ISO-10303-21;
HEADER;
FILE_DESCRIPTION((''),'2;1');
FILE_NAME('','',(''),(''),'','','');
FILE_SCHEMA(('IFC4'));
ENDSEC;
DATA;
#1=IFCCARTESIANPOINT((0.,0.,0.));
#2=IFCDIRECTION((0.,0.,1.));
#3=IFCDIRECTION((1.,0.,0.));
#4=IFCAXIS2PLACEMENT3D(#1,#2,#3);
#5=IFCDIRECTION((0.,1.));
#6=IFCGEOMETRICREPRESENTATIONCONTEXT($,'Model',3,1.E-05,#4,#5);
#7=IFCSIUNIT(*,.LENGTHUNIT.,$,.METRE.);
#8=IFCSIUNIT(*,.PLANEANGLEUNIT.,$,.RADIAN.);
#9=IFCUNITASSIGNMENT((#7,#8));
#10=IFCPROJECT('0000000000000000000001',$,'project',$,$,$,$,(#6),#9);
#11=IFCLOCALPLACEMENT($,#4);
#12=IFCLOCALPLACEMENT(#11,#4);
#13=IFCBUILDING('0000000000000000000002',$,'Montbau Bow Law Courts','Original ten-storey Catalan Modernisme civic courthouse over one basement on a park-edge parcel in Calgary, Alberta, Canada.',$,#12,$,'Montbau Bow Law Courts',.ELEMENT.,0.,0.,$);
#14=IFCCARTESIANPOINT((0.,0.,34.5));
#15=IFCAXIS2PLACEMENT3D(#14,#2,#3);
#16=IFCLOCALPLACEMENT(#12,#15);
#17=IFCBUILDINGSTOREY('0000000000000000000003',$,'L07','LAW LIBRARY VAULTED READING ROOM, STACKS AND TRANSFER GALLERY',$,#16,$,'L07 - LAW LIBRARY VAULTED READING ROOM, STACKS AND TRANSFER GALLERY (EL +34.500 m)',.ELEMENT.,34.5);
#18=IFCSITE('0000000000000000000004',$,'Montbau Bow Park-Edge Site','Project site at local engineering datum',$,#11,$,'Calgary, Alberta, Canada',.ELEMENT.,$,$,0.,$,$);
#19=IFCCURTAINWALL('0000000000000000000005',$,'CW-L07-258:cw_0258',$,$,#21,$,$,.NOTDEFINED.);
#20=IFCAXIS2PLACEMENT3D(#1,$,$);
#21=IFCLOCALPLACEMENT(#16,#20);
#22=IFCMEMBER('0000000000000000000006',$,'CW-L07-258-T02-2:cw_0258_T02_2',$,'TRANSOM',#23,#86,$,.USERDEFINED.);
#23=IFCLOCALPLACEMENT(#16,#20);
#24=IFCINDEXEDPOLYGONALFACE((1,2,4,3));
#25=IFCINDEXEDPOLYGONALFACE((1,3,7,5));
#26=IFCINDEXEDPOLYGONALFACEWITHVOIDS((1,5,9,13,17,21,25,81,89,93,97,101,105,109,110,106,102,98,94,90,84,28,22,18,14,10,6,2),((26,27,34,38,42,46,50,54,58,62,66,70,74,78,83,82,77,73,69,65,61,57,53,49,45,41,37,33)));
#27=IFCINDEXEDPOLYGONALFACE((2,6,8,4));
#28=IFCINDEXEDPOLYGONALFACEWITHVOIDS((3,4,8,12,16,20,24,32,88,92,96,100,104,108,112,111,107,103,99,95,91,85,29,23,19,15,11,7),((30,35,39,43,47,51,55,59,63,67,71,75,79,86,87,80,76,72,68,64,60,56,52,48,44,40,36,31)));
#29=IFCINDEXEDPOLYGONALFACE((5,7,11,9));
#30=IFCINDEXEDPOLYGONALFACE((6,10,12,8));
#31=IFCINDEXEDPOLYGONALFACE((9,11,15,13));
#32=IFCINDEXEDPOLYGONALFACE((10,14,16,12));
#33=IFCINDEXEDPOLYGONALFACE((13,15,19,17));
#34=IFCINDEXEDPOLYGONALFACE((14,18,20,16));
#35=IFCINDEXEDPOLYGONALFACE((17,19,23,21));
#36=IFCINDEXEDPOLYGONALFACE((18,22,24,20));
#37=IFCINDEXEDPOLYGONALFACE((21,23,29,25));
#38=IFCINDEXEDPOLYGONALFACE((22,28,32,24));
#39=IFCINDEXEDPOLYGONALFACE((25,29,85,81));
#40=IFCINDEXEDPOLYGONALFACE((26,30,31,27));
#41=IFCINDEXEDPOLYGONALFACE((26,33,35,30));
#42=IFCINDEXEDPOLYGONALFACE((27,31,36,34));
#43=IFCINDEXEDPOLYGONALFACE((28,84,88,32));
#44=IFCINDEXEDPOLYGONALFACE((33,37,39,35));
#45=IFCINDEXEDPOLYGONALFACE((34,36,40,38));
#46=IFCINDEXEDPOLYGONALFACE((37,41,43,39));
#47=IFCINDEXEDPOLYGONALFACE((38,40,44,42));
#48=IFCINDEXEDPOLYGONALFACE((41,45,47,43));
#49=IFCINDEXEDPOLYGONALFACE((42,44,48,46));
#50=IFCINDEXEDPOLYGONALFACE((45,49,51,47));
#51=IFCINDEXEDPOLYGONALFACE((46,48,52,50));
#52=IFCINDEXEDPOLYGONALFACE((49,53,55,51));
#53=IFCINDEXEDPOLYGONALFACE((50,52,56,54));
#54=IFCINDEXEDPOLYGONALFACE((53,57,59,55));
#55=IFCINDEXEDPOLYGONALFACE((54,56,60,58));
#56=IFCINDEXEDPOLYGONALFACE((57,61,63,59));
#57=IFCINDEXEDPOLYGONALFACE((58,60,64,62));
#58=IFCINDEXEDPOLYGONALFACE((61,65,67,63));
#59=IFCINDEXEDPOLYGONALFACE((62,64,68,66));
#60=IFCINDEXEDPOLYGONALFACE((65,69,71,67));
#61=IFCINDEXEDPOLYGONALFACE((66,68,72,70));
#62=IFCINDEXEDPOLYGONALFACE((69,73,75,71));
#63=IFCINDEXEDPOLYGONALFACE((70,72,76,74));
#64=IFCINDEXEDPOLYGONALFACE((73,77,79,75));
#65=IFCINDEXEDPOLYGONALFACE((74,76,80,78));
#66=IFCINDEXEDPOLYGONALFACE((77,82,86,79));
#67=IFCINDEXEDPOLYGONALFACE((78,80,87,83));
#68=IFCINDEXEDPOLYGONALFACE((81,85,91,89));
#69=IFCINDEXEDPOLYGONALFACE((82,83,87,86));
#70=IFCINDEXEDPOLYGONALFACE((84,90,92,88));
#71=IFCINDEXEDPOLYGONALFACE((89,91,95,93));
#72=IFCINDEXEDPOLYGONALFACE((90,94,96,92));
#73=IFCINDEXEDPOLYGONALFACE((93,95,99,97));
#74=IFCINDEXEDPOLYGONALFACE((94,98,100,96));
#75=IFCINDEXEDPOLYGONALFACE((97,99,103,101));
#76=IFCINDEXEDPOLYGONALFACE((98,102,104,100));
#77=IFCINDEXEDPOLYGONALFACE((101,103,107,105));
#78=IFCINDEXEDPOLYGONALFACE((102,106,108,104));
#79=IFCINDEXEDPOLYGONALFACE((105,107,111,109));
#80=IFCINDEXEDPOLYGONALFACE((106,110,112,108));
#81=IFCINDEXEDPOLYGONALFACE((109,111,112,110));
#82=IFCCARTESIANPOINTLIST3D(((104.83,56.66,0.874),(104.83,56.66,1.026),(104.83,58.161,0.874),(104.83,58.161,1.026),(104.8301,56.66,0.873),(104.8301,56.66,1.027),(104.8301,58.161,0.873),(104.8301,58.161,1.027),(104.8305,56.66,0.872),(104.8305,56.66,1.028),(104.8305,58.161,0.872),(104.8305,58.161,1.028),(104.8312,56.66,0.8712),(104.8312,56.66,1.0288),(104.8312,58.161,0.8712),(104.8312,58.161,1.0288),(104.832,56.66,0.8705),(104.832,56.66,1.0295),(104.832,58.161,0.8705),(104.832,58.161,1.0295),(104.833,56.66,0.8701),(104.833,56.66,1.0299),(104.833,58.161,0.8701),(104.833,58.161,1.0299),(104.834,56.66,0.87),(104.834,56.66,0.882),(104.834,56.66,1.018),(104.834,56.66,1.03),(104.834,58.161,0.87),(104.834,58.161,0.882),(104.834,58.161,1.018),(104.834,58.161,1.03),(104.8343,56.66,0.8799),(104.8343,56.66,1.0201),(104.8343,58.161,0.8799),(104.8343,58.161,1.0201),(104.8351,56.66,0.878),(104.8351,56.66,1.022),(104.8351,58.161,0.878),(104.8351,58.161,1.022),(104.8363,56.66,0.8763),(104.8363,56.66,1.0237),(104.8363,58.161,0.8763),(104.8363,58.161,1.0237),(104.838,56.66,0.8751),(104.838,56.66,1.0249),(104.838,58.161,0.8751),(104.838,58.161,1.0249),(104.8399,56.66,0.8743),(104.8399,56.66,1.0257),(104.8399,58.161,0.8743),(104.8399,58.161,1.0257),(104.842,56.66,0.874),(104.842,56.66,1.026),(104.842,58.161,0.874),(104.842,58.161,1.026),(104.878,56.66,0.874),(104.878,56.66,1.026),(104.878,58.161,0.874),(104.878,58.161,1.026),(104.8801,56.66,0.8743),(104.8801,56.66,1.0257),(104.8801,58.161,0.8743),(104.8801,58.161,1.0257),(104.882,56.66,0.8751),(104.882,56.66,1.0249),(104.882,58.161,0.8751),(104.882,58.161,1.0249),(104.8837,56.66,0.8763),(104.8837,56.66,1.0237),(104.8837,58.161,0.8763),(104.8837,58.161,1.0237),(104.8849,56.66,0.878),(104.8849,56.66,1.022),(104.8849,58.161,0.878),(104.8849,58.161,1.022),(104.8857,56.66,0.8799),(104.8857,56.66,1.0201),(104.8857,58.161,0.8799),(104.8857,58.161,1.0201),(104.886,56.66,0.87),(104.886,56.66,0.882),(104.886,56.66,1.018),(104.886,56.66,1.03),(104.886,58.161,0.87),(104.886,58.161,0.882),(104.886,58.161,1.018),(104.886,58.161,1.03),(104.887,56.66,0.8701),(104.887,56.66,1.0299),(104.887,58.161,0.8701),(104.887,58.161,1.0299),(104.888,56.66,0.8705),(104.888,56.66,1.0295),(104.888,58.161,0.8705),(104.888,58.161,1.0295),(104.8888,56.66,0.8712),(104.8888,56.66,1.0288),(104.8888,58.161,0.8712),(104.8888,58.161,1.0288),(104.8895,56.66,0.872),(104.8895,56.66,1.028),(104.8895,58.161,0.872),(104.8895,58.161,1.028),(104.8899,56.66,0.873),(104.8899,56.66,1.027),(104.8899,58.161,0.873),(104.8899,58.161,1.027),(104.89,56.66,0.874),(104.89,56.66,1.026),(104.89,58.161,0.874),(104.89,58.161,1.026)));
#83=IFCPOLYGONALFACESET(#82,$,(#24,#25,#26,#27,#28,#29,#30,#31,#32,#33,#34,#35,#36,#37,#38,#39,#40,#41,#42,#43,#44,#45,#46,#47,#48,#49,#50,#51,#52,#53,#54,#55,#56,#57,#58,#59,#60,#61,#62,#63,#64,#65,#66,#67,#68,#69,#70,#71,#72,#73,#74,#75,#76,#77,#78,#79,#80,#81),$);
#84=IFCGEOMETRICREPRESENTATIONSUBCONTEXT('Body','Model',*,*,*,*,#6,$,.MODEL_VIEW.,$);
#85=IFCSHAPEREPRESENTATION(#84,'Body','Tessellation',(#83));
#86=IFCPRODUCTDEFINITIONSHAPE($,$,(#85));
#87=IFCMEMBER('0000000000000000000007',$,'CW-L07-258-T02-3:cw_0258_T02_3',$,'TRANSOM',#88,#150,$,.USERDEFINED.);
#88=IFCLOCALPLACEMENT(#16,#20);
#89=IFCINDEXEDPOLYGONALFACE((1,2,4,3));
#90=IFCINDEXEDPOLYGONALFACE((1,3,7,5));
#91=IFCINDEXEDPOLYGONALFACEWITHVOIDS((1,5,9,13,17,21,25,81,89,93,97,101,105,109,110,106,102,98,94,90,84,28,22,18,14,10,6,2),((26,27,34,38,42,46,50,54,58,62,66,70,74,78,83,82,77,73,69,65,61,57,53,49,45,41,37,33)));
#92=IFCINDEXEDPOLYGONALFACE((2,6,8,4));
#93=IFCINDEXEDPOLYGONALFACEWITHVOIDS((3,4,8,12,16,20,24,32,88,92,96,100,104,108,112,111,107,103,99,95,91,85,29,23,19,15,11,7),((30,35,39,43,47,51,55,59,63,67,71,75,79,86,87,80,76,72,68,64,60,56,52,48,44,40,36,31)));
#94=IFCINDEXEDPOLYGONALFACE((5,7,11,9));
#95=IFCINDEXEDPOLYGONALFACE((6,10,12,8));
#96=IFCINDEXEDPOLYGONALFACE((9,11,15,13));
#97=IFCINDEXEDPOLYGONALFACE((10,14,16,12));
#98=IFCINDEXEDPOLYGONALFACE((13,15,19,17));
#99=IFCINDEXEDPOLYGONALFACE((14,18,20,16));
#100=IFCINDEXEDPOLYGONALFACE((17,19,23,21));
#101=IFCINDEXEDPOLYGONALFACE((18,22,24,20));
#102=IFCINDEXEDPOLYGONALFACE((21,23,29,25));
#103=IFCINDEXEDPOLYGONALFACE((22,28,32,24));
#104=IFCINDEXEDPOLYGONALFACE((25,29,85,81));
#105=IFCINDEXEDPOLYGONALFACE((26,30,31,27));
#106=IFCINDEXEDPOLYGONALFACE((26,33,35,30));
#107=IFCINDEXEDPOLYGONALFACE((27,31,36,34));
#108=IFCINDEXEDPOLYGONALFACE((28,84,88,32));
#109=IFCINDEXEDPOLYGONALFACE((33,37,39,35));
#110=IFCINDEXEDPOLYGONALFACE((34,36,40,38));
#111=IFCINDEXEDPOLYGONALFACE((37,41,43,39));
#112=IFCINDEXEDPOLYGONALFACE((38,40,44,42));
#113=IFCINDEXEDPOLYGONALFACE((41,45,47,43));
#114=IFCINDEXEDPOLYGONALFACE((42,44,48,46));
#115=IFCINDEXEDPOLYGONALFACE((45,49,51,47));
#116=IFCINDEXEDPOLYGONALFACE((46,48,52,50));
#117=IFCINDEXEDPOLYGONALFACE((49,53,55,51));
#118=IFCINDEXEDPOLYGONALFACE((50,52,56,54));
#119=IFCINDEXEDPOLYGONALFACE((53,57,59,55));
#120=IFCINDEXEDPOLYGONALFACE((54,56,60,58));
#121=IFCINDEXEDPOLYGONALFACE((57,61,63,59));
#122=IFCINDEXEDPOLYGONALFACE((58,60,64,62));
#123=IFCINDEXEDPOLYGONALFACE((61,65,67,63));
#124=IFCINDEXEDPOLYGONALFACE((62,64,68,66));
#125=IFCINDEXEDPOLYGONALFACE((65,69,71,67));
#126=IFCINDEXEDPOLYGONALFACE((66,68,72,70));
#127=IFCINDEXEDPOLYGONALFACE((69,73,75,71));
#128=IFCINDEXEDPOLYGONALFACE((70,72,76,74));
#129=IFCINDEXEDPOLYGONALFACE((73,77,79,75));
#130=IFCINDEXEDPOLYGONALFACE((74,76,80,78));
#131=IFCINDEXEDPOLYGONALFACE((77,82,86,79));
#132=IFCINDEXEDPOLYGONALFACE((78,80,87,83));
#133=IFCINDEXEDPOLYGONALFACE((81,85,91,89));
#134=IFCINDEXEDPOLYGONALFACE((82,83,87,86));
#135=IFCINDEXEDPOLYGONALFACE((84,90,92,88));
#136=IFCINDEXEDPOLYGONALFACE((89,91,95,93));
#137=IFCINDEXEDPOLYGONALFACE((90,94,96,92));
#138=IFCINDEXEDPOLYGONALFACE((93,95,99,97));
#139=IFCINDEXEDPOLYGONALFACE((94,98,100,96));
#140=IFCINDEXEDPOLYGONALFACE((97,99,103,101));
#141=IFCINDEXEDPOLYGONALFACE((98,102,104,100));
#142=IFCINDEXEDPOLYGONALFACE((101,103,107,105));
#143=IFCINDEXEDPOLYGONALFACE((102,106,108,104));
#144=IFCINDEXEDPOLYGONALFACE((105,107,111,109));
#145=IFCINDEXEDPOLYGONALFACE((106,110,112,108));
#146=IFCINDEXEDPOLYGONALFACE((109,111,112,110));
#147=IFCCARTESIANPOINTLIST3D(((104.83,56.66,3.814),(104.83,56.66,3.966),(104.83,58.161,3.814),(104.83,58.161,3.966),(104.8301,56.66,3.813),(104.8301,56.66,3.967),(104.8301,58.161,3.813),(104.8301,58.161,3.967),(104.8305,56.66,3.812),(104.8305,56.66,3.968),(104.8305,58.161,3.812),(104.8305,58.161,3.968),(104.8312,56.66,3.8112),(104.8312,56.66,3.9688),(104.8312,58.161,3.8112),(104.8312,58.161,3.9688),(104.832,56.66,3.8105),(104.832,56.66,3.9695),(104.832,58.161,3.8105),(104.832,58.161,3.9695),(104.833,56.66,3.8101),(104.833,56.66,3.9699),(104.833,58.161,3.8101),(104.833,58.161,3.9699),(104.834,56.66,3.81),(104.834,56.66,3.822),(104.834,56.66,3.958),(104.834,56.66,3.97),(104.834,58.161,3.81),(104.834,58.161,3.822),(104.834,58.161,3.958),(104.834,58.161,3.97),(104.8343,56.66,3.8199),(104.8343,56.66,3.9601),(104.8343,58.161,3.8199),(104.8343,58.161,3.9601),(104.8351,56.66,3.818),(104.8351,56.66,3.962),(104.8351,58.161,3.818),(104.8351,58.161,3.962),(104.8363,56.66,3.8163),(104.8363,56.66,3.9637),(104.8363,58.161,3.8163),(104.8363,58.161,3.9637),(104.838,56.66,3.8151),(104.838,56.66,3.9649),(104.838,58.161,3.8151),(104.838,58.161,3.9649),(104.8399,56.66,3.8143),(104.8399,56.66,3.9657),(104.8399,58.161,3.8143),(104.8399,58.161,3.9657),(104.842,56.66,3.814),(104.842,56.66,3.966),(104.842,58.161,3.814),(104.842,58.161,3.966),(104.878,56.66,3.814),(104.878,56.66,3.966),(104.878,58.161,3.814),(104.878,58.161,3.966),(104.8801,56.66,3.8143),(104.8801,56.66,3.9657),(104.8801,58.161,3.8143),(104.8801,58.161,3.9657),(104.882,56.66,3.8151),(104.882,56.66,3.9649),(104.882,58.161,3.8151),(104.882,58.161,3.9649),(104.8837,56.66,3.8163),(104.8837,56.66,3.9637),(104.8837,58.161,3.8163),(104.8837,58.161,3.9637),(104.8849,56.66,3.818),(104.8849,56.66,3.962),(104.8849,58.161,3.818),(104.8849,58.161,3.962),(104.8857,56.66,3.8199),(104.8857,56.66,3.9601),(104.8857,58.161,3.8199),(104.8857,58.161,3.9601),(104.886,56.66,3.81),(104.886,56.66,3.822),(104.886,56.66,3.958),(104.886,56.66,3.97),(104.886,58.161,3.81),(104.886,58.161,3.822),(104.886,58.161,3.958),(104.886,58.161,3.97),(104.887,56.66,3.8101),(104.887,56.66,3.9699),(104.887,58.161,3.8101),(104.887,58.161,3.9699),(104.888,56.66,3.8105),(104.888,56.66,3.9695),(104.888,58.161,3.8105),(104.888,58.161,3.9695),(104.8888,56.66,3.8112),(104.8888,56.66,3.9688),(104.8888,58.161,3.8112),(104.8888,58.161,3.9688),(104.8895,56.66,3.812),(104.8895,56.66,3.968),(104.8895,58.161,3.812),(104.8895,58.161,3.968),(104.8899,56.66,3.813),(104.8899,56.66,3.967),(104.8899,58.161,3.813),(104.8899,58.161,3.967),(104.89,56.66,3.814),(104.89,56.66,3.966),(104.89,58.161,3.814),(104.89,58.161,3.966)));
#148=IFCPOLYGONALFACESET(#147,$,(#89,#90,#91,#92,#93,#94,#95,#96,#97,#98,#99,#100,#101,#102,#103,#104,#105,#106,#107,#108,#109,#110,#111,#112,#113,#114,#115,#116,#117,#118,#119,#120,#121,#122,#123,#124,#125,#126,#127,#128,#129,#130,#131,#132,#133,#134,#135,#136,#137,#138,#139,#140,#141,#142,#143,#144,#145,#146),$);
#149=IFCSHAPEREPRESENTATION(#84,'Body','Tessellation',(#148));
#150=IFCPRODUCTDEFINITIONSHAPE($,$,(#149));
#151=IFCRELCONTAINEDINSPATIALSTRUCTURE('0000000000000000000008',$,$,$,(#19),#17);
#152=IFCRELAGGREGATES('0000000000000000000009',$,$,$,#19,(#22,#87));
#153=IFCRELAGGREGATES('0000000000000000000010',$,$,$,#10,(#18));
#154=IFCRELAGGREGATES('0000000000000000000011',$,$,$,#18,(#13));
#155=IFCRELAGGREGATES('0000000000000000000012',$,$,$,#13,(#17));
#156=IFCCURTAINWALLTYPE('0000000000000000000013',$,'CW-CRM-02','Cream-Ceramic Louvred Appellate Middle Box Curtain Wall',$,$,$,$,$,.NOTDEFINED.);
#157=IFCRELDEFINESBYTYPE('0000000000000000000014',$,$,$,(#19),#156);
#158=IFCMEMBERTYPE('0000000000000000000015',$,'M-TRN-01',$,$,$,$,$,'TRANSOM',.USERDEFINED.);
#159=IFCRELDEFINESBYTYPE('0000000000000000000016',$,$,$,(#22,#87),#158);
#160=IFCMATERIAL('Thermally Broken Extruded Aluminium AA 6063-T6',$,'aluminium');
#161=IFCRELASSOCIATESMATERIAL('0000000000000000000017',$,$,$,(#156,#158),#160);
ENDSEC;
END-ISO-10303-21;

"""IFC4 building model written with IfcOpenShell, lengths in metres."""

from ifc_helpers import new_model, si_unit, direction, frame, origin_with_axes, origin_2d_with_axis, place, context, subcontext, project, spatial, hollow_rectangle, extrude, material, material_profile, profile_set, type_object, element, aggregate, save


model = new_model("IFC4")

# Units and contexts
model_context = context("Model", 3, precision=1e-05, world=origin_with_axes(), true_north=direction((0.0, 1.0)))
body_context = subcontext(model_context, "Body", "Model", "MODEL_VIEW")
ifc_project = project(units=[si_unit("LENGTHUNIT", "METRE"), si_unit("PLANEANGLEUNIT", "RADIAN")], contexts=[model_context])

# Site, building, storey
site_placement = place(None, origin_with_axes())
site = spatial("IfcSite", under=ifc_project, at=site_placement, Name="Montbau Bow Park-Edge Site", Description="Project site at local engineering datum", LongName="Calgary, Alberta, Canada", CompositionType="ELEMENT", RefElevation=0.0)
building_placement = place(site_placement, origin_with_axes())
building = spatial("IfcBuilding", under=site, at=building_placement, Name="Montbau Bow Law Courts", Description="Original ten-storey Catalan Modernisme civic courthouse over one basement on a park-edge parcel in Calgary, Alberta, Canada.", LongName="Montbau Bow Law Courts", CompositionType="ELEMENT", ElevationOfRefHeight=0.0, ElevationOfTerrain=0.0)
storey_placement = place(building_placement, frame((0.0, 0.0, 34.5), z_axis=(0.0, 0.0, 1.0), x_axis=(1.0, 0.0, 0.0)))
storey = spatial("IfcBuildingStorey", under=building, at=storey_placement, Name="L07", Description="LAW LIBRARY VAULTED READING ROOM, STACKS AND TRANSFER GALLERY", LongName="L07 - LAW LIBRARY VAULTED READING ROOM, STACKS AND TRANSFER GALLERY (EL +34.500 m)", CompositionType="ELEMENT", Elevation=34.5)

# Curtain wall
ifc_material_1 = material(Name="Thermally Broken Extruded Aluminium AA 6063-T6", Category="aluminium")
curtain_wall_type = type_object("IfcCurtainWallType", Name="CW-CRM-02", Description="Cream-Ceramic Louvred Appellate Middle Box Curtain Wall", PredefinedType="NOTDEFINED", material=ifc_material_1)
curtain_wall_1_placement = place(None, frame((104.86, 55.04, 34.5), z_axis=(0.0, 0.0, 1.0), x_axis=(1.0, 0.0, 0.0)))
curtain_wall_1 = element("IfcCurtainWall", 1, at=curtain_wall_1_placement, inside=storey, type_object=curtain_wall_type, Name="CW-L07-258:cw_0258", PredefinedType="NOTDEFINED")

# Members
ifc_material_profile_1 = material_profile(ifc_material_1, hollow_rectangle(XDim=0.06, YDim=0.16, WallThickness=0.004, InnerFilletRadius=0.008, OuterFilletRadius=0.004, at=origin_2d_with_axis()), Name="CWT-160X60", Category="Main", Priority=0)
ifc_profile_set_1 = profile_set([ifc_material_profile_1], Name="Thermally Broken Extruded Aluminium AA 6063-T6")
member_type_1 = type_object("IfcMemberType", Name="M-TRN-01", ElementType="TRANSOM", PredefinedType="USERDEFINED", material=ifc_profile_set_1)
member_1_placement = place(None, frame((104.86, 56.66, 35.45), z_axis=(0.0, 1.0, 0.0), x_axis=(-1.0, 0.0, 0.0)))
member_1 = element("IfcMember", 2, at=member_1_placement, type_object=member_type_1, Name="CW-L07-258-T02-2:cw_0258_T02_2", ObjectType="TRANSOM", PredefinedType="USERDEFINED", context=body_context, shape_type="SweptSolid", body=[
    extrude(hollow_rectangle(XDim=0.06, YDim=0.16, WallThickness=0.004, InnerFilletRadius=0.008, OuterFilletRadius=0.004, at=origin_2d_with_axis()), origin_with_axes(), (0.0, 0.0, 1.0), 1.501),
])
member_2_placement = place(None, frame((104.86, 56.66, 38.39), z_axis=(0.0, 1.0, 0.0), x_axis=(-1.0, 0.0, 0.0)))
member_2 = element("IfcMember", 3, at=member_2_placement, type_object=member_type_1, Name="CW-L07-258-T02-3:cw_0258_T02_3", ObjectType="TRANSOM", PredefinedType="USERDEFINED", context=body_context, shape_type="SweptSolid", body=[
    extrude(hollow_rectangle(XDim=0.06, YDim=0.16, WallThickness=0.004, InnerFilletRadius=0.008, OuterFilletRadius=0.004, at=origin_2d_with_axis()), origin_with_axes(), (0.0, 0.0, 1.0), 1.501),
])

aggregate(curtain_wall_1, [member_1, member_2])

save(model, "model.ifc")
